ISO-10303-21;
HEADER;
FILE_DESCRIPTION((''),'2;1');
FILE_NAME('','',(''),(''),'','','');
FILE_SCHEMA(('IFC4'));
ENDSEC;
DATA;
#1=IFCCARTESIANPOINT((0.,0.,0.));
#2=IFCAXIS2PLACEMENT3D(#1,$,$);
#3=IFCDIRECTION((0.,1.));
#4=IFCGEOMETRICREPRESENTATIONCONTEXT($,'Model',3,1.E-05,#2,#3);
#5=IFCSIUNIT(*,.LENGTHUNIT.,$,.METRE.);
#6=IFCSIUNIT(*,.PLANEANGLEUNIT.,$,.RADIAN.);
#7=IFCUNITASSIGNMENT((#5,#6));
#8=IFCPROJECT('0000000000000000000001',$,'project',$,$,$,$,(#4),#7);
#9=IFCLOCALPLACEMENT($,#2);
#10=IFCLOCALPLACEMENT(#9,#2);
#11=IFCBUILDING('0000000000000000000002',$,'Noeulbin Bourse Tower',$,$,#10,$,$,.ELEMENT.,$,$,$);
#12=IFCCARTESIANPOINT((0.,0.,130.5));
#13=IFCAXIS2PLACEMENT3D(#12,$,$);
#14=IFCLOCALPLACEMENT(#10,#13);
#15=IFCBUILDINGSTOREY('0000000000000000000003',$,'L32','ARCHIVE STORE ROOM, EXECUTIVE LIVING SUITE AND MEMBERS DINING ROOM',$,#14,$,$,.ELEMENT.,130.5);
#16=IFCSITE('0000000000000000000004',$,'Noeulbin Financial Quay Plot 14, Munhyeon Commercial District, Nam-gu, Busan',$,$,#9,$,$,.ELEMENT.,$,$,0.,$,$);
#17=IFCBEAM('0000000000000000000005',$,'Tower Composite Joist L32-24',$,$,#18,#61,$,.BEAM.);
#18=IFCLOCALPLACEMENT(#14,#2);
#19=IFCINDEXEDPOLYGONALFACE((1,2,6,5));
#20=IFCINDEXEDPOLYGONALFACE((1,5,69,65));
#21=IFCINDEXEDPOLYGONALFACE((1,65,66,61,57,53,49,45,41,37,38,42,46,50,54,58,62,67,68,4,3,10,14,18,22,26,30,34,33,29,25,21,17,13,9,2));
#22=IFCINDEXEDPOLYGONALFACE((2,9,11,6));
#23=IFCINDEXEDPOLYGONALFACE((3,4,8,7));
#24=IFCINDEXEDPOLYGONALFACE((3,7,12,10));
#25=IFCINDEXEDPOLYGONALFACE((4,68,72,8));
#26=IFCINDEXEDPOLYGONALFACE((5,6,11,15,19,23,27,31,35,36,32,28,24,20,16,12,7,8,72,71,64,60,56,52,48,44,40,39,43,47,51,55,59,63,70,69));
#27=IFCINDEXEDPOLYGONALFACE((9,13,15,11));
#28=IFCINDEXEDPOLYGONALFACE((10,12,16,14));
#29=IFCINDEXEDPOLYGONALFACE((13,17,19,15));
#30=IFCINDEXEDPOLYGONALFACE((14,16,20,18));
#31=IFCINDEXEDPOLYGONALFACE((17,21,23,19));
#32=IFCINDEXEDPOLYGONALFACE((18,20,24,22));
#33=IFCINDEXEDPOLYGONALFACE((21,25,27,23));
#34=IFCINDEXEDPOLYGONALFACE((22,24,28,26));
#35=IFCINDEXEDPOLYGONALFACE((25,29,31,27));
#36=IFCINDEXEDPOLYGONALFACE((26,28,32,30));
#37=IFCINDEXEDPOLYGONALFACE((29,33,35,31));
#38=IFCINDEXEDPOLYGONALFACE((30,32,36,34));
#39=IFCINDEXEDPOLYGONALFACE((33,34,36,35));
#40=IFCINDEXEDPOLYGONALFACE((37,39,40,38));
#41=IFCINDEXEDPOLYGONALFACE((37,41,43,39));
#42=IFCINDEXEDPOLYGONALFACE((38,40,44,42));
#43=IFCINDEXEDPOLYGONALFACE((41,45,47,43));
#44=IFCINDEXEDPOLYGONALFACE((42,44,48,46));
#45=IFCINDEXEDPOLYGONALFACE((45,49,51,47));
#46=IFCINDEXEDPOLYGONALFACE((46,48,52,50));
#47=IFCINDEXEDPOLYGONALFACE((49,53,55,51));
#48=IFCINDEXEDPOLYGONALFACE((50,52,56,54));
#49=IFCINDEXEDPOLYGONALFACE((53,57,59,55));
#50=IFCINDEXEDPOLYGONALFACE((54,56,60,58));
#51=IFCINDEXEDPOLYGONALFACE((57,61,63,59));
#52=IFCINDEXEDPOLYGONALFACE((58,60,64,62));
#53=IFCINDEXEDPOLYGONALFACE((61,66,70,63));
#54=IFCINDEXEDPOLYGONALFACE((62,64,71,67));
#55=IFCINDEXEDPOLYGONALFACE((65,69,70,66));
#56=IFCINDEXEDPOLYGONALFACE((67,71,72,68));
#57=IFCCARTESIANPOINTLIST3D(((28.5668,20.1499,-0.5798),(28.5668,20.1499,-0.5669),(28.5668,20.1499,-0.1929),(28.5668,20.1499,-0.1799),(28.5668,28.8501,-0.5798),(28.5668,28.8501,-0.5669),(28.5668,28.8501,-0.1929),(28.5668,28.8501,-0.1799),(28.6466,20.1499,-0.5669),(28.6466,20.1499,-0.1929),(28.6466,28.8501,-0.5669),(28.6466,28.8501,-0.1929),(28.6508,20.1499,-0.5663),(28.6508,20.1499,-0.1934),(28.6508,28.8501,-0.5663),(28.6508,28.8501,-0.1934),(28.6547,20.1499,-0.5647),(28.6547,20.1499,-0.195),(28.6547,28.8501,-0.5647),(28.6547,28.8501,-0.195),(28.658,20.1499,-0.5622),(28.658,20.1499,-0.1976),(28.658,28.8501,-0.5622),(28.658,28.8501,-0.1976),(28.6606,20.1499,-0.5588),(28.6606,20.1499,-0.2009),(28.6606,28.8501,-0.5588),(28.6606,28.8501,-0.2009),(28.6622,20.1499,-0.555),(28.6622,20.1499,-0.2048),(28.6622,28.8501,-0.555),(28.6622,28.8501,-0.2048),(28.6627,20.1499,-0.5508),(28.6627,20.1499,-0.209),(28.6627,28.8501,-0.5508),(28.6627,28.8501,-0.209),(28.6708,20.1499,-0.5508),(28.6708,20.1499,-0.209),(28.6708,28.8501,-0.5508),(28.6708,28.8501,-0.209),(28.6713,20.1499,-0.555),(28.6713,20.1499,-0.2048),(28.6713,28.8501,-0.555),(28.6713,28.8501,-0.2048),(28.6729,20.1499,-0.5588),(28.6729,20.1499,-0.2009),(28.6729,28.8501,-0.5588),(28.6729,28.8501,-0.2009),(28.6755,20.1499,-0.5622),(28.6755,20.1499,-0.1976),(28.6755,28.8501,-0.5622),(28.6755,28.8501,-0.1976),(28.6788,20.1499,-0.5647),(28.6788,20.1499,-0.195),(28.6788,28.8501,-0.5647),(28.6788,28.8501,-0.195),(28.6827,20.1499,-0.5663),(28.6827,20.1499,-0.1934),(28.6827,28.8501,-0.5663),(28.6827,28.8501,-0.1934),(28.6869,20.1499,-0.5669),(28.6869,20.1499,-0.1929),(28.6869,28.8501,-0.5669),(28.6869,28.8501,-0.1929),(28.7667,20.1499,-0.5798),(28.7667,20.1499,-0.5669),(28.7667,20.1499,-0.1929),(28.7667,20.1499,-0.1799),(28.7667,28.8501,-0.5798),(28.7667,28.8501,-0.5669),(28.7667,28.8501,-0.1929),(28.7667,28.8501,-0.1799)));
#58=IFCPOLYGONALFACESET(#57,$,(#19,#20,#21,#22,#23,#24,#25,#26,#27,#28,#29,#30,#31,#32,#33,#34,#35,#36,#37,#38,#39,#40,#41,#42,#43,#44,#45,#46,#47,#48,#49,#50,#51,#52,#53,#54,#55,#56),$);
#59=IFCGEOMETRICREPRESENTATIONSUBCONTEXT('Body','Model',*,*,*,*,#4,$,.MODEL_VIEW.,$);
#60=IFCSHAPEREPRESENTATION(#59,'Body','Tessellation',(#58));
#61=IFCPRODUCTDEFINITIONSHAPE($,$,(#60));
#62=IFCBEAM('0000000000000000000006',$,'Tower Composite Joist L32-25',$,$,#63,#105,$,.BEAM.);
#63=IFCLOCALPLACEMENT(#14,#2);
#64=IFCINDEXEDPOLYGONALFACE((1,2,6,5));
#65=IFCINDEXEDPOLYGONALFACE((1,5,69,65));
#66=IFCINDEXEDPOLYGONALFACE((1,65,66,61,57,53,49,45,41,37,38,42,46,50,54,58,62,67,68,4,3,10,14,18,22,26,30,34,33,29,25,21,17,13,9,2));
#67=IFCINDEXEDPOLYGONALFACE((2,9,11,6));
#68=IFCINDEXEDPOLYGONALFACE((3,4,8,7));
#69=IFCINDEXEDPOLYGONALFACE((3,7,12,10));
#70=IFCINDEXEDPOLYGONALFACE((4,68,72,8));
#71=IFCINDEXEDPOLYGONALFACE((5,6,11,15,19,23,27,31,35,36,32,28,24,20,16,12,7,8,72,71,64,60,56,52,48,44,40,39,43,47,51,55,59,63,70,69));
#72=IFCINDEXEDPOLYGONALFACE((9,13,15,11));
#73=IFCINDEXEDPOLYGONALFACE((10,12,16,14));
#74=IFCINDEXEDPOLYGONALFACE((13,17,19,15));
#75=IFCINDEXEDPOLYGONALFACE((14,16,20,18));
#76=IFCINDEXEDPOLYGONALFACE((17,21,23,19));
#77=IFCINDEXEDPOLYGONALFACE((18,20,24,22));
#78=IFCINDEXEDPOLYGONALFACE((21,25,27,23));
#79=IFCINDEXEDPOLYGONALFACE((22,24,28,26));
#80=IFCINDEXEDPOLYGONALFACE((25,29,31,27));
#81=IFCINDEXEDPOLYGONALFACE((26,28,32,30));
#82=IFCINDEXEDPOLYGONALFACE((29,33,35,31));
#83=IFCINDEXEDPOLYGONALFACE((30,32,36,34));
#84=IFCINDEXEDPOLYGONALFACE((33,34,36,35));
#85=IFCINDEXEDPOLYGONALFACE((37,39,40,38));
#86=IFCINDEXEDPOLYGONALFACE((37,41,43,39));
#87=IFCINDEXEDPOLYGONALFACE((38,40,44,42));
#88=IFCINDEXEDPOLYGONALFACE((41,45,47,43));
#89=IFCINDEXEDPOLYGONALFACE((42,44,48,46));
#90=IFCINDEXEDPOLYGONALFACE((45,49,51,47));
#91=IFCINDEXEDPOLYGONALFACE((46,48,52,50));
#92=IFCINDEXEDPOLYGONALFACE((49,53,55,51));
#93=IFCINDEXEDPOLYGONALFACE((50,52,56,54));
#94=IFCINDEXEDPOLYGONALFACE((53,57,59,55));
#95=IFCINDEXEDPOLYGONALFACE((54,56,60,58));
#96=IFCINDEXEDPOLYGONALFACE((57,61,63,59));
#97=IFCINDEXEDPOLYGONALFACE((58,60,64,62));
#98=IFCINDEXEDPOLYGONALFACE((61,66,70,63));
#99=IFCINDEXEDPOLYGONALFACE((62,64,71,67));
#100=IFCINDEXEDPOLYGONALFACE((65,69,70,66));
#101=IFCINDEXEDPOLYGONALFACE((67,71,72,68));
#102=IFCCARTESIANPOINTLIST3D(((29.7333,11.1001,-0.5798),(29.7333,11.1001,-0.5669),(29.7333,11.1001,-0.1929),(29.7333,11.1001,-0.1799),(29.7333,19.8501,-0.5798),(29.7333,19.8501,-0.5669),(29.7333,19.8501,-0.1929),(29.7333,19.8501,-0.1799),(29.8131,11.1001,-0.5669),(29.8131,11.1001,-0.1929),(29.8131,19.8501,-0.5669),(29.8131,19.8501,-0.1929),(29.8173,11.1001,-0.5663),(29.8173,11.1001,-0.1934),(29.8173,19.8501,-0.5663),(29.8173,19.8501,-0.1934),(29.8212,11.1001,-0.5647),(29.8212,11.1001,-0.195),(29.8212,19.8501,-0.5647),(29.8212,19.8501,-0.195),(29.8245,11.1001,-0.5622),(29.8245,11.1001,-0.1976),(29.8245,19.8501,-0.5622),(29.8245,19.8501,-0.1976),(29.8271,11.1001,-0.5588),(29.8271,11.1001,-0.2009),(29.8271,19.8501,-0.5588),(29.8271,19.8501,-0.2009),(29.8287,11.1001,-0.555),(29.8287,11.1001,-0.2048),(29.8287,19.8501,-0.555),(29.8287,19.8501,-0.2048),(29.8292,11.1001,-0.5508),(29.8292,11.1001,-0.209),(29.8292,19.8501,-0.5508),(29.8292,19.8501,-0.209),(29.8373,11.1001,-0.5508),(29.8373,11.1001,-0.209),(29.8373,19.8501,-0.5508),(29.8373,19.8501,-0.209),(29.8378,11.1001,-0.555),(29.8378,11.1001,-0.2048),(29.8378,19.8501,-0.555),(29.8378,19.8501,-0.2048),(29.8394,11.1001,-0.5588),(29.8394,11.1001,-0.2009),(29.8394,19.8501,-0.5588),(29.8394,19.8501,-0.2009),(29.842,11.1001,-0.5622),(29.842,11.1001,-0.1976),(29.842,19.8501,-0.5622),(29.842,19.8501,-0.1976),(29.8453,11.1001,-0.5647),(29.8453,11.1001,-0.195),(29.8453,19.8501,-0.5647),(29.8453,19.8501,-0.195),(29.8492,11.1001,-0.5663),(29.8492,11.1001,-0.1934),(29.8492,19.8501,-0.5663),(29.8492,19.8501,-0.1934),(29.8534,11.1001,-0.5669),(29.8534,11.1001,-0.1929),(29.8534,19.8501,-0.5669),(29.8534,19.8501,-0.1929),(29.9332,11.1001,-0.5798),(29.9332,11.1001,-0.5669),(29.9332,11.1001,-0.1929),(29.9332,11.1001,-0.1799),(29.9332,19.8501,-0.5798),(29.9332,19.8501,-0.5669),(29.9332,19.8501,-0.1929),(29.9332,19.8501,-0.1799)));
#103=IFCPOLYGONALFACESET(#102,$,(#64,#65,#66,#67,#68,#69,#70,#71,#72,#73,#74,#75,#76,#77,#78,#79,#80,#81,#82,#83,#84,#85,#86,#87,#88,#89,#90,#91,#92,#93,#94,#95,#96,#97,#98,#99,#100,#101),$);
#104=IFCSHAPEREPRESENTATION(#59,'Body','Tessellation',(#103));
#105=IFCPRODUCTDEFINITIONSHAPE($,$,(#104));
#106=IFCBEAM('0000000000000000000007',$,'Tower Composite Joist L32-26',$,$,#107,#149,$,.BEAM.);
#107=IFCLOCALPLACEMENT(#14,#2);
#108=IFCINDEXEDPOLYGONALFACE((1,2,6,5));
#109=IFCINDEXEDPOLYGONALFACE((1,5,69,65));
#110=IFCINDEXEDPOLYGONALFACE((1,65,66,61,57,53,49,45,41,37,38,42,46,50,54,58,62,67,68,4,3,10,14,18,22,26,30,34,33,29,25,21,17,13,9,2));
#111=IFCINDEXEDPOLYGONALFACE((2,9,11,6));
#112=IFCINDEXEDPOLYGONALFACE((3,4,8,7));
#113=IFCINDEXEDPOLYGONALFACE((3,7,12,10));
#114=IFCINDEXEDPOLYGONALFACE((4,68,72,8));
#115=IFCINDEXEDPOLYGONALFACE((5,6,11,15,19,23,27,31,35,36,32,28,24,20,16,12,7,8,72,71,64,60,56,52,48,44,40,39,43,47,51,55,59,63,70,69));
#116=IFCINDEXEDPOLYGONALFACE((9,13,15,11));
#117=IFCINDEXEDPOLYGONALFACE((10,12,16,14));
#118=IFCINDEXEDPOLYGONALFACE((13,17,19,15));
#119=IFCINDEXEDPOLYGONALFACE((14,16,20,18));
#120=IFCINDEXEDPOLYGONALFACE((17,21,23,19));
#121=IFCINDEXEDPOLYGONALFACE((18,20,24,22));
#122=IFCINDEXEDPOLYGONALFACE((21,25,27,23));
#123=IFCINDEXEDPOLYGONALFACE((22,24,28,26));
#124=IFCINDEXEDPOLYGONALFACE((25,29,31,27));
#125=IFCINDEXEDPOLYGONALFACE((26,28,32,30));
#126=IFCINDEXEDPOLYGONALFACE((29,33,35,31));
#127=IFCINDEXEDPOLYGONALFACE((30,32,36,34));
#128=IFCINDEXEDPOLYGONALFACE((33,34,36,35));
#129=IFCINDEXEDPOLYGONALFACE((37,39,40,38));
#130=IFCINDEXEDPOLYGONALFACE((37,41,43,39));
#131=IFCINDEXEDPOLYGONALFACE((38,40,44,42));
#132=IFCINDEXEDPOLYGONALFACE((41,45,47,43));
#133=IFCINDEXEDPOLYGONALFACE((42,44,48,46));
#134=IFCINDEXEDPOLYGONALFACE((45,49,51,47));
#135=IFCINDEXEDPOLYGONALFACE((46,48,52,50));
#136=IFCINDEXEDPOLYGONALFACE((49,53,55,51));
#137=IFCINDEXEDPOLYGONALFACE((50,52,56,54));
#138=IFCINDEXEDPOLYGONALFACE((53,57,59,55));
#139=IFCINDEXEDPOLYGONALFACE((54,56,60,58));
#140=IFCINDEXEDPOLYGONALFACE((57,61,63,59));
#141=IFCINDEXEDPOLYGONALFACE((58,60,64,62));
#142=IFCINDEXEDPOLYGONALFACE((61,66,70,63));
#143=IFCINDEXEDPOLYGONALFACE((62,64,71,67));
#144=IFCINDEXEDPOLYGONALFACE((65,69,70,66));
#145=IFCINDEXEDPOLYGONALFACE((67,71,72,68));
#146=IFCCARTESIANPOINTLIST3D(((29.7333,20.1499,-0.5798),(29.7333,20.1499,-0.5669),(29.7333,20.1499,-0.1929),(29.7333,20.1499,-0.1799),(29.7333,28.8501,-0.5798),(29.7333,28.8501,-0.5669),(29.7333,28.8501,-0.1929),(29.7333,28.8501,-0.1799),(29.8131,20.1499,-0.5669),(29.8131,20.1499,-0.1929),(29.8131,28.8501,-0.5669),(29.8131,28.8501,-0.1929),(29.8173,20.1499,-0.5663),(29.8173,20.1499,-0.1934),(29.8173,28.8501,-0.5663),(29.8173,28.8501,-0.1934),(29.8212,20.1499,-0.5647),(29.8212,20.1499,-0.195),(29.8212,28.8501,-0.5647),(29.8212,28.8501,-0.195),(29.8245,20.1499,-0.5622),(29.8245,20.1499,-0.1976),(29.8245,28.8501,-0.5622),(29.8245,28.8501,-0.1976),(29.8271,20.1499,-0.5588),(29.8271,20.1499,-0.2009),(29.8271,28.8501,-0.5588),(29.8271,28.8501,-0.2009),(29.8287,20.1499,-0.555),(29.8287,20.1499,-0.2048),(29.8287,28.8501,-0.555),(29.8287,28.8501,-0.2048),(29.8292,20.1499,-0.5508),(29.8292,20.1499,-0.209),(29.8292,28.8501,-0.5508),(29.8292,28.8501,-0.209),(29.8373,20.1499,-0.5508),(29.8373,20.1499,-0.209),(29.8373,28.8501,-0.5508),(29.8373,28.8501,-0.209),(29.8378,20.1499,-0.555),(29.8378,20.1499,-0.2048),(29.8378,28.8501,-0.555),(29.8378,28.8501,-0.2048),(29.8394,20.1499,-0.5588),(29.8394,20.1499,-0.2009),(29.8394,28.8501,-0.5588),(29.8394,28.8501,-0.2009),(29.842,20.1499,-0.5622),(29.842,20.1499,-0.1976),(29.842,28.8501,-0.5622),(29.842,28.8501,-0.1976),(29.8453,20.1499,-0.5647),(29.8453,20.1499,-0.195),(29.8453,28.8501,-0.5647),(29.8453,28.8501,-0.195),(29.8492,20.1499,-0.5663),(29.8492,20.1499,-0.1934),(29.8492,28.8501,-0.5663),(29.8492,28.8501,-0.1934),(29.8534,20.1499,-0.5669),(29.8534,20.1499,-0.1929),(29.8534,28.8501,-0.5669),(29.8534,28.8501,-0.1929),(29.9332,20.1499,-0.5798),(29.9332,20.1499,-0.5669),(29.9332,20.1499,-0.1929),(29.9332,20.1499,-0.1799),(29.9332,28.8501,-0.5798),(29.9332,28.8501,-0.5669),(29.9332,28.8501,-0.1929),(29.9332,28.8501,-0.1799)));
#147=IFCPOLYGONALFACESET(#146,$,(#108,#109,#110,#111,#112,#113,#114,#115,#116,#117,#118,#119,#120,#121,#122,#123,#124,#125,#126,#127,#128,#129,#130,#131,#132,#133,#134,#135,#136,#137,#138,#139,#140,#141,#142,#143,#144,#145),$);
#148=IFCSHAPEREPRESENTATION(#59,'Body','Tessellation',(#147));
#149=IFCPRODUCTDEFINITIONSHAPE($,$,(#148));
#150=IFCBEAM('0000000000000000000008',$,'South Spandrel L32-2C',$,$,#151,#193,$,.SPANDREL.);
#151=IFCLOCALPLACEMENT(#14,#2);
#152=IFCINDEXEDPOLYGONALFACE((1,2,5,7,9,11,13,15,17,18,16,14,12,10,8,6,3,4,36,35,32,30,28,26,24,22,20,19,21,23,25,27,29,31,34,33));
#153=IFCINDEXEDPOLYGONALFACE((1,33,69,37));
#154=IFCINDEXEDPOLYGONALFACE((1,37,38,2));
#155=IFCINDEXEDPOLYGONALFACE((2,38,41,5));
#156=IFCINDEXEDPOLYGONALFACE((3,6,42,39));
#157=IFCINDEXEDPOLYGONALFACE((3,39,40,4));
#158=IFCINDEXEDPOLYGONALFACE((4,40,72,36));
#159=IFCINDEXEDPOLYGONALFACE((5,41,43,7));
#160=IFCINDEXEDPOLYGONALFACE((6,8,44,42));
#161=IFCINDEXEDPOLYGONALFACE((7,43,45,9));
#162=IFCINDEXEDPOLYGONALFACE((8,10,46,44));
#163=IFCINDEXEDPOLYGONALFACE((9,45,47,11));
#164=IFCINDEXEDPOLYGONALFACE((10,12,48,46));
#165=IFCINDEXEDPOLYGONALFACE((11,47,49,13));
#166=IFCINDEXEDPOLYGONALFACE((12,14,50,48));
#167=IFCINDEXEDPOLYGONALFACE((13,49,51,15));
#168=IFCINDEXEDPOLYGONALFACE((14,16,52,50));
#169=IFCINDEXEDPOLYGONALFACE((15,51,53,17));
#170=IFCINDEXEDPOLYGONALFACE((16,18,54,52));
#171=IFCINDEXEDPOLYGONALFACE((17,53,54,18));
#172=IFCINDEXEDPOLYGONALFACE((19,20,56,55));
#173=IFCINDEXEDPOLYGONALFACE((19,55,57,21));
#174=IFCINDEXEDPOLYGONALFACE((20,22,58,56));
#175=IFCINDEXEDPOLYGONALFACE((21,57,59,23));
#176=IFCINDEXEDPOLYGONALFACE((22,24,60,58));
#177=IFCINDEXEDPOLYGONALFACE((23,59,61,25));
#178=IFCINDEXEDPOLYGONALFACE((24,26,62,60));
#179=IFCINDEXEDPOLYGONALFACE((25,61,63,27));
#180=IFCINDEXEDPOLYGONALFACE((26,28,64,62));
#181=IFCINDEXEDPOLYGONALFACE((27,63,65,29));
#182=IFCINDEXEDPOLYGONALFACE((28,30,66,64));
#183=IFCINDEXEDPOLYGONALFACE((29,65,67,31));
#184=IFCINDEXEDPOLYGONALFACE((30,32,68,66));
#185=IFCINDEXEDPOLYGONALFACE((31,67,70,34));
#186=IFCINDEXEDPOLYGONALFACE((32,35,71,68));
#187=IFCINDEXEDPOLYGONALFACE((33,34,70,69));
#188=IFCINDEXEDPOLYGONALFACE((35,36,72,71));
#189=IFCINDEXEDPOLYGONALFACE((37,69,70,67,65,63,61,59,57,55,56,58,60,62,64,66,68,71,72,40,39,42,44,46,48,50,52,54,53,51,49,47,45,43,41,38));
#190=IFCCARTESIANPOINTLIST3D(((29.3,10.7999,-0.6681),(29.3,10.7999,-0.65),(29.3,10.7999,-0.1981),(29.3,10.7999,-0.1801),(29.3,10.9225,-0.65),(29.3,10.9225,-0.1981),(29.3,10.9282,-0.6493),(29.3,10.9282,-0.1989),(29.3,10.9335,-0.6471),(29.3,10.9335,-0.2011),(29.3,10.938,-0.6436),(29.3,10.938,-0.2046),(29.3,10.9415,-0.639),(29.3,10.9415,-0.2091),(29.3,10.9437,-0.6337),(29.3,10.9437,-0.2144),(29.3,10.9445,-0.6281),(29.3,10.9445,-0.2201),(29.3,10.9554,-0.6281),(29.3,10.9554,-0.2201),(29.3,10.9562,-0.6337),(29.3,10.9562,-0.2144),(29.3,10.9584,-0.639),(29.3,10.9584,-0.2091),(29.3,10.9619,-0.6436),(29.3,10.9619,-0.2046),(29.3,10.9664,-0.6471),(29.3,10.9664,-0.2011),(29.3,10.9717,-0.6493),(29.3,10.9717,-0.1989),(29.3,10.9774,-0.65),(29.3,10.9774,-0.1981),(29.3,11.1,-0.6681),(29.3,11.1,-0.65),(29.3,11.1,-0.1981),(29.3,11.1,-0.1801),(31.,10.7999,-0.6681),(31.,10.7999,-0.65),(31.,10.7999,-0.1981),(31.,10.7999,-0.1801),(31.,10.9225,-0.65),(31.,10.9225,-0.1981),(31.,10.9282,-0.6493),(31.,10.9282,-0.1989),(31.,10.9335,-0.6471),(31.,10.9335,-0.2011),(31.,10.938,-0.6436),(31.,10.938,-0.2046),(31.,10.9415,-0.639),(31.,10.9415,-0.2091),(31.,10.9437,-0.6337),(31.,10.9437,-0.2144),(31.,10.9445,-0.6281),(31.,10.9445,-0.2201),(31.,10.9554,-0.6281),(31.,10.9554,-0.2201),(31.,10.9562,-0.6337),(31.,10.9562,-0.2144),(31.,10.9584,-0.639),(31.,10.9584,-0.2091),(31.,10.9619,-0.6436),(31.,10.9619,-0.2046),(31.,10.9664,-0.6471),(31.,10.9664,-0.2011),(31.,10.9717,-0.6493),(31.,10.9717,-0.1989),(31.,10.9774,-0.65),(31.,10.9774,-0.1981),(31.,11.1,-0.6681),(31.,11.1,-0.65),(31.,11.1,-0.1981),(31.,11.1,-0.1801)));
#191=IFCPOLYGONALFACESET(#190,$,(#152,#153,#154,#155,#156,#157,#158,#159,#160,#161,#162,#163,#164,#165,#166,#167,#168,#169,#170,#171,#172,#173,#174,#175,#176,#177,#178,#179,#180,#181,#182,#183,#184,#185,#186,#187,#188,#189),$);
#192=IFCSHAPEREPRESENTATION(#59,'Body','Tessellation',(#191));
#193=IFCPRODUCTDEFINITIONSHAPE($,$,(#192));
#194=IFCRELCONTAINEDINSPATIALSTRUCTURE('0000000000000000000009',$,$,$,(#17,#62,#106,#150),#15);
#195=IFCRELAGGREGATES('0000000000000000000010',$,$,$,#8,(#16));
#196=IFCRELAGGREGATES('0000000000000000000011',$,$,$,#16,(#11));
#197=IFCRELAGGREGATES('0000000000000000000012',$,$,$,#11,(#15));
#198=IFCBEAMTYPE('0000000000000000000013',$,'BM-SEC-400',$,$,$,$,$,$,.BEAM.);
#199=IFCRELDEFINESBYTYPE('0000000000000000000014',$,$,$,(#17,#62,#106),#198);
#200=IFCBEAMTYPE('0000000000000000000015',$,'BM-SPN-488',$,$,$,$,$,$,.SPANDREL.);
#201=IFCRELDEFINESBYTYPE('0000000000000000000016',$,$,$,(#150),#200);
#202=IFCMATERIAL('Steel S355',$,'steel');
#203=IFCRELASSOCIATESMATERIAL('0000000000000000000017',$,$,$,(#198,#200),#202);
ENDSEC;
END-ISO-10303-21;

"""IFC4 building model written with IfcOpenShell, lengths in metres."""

from ifc_helpers import new_model, si_unit, direction, frame, origin, origin_2d, place, context, subcontext, project, spatial, i_section, extrude, material, material_profile, profile_set, type_object, element, save


model = new_model("IFC4")

# Units and contexts
model_context = context("Model", 3, precision=1e-05, world=origin(), true_north=direction((0.0, 1.0)))
body_context = subcontext(model_context, "Body", "Model", "MODEL_VIEW")
ifc_project = project(units=[si_unit("LENGTHUNIT", "METRE"), si_unit("PLANEANGLEUNIT", "RADIAN")], contexts=[model_context])

# Site, building, storey
site_placement = place(None, origin())
site = spatial("IfcSite", under=ifc_project, at=site_placement, Name="Noeulbin Financial Quay Plot 14, Munhyeon Commercial District, Nam-gu, Busan", CompositionType="ELEMENT", RefElevation=0.0)
building_placement = place(site_placement, origin())
building = spatial("IfcBuilding", under=site, at=building_placement, Name="Noeulbin Bourse Tower", CompositionType="ELEMENT")
storey_placement = place(building_placement, frame((0.0, 0.0, 130.5)))
storey = spatial("IfcBuildingStorey", under=building, at=storey_placement, Name="L32", Description="ARCHIVE STORE ROOM, EXECUTIVE LIVING SUITE AND MEMBERS DINING ROOM", CompositionType="ELEMENT", Elevation=130.5)

# Shared definitions
ifc_material_1 = material(Name="Steel S355", Category="steel")

# Beams
ifc_material_profile_1 = material_profile(ifc_material_1, i_section(OverallWidth=0.2, OverallDepth=0.3999, WebThickness=0.0081, FlangeThickness=0.0129, FilletRadius=0.0161, at=origin_2d()), Name="H-400x200x8x13", Category="LoadBearing")
ifc_profile_set_1 = profile_set([ifc_material_profile_1], Name="Steel S355")
beam_type_1 = type_object("IfcBeamType", Name="BM-SEC-400", PredefinedType="BEAM", material=ifc_profile_set_1)
beam_1_placement = place(storey_placement, frame((28.6667, 20.1499, -0.3799), z_axis=(0.0, 1.0, 0.0), x_axis=(-1.0, 0.0, 0.0)))
element("IfcBeam", 1, at=beam_1_placement, inside=storey, type_object=beam_type_1, Name="Tower Composite Joist L32-24", PredefinedType="BEAM", context=body_context, shape_type="SweptSolid", body=[
    extrude(i_section(OverallWidth=0.2, OverallDepth=0.3999, WebThickness=0.0081, FlangeThickness=0.0129, FilletRadius=0.0161, at=origin_2d()), origin(), (0.0, 0.0, 1.0), 8.7002),
])
beam_2_placement = place(storey_placement, frame((29.8333, 11.1001, -0.3799), z_axis=(0.0, 1.0, 0.0), x_axis=(-1.0, 0.0, 0.0)))
element("IfcBeam", 2, at=beam_2_placement, inside=storey, type_object=beam_type_1, Name="Tower Composite Joist L32-25", PredefinedType="BEAM", context=body_context, shape_type="SweptSolid", body=[
    extrude(i_section(OverallWidth=0.2, OverallDepth=0.3999, WebThickness=0.0081, FlangeThickness=0.0129, FilletRadius=0.0161, at=origin_2d()), origin(), (0.0, 0.0, 1.0), 8.75),
])
beam_3_placement = place(storey_placement, frame((29.8333, 20.1499, -0.3799), z_axis=(0.0, 1.0, 0.0), x_axis=(-1.0, 0.0, 0.0)))
element("IfcBeam", 3, at=beam_3_placement, inside=storey, type_object=beam_type_1, Name="Tower Composite Joist L32-26", PredefinedType="BEAM", context=body_context, shape_type="SweptSolid", body=[
    extrude(i_section(OverallWidth=0.2, OverallDepth=0.3999, WebThickness=0.0081, FlangeThickness=0.0129, FilletRadius=0.0161, at=origin_2d()), origin(), (0.0, 0.0, 1.0), 8.7002),
])
ifc_material_profile_2 = material_profile(ifc_material_1, i_section(OverallWidth=0.3, OverallDepth=0.488, WebThickness=0.011, FlangeThickness=0.0181, FilletRadius=0.022, at=origin_2d()), Name="H-488x300x11x18", Category="LoadBearing")
ifc_profile_set_2 = profile_set([ifc_material_profile_2], Name="Steel S355")
beam_type_2 = type_object("IfcBeamType", Name="BM-SPN-488", PredefinedType="SPANDREL", material=ifc_profile_set_2)
beam_4_placement = place(storey_placement, frame((29.3, 10.95, -0.4241), z_axis=(1.0, 0.0, 0.0), x_axis=(0.0, 1.0, 0.0)))
element("IfcBeam", 4, at=beam_4_placement, inside=storey, type_object=beam_type_2, Name="South Spandrel L32-2C", PredefinedType="SPANDREL", context=body_context, shape_type="SweptSolid", body=[
    extrude(i_section(OverallWidth=0.3, OverallDepth=0.488, WebThickness=0.011, FlangeThickness=0.0181, FilletRadius=0.022, at=origin_2d()), origin(), (0.0, 0.0, 1.0), 1.7),
])

save(model, "model.ifc")
